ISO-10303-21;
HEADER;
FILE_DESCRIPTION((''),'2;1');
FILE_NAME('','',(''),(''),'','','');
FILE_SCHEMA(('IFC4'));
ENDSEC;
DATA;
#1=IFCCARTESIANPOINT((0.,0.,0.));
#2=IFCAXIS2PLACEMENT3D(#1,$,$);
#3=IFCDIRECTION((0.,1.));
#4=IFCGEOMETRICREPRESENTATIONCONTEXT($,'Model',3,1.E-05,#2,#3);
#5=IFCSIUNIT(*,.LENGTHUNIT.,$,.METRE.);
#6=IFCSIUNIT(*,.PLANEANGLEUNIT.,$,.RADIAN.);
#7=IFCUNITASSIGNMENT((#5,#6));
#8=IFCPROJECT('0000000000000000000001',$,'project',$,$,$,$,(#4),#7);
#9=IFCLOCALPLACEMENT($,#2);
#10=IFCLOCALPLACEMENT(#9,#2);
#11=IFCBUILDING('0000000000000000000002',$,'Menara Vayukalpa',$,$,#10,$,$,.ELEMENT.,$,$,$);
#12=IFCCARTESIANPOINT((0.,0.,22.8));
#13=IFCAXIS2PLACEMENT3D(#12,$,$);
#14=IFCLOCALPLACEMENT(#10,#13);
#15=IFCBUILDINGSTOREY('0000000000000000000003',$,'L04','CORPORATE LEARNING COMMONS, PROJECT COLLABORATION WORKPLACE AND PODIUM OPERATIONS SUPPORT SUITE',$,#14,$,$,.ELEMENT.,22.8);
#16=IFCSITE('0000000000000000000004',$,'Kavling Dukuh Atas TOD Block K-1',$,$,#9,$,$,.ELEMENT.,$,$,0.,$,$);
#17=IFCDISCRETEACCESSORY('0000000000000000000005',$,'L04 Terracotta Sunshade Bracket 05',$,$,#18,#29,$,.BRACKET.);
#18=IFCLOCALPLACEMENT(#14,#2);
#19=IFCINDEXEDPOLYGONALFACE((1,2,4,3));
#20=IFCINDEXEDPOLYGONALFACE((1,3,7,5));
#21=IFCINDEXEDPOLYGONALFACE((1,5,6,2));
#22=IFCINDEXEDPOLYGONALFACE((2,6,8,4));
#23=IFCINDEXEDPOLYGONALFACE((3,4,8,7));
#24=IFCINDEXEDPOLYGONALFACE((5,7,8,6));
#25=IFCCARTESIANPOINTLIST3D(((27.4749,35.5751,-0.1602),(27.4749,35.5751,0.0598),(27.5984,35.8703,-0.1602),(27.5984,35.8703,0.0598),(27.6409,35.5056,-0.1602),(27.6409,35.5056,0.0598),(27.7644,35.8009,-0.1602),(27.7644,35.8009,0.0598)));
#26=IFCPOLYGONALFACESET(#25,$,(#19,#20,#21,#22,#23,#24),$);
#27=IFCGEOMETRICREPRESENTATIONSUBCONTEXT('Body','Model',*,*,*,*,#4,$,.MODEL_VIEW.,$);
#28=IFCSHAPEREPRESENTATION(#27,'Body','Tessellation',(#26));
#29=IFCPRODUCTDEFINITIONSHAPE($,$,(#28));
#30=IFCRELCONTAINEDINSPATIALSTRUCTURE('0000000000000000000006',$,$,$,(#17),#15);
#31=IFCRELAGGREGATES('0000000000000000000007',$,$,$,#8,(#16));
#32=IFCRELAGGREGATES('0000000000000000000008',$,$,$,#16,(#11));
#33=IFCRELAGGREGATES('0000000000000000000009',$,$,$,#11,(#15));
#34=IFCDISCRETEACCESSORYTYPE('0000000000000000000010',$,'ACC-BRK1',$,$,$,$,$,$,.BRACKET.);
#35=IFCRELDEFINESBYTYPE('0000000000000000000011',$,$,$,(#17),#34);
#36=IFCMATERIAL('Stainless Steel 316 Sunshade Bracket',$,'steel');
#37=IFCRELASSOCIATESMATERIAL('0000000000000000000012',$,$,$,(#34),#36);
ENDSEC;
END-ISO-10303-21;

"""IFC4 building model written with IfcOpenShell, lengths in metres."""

from ifc_helpers import new_model, si_unit, direction, frame, origin, origin_2d, place, context, subcontext, project, spatial, rectangle, extrude, material, type_object, element, save


model = new_model("IFC4")

# Units and contexts
model_context = context("Model", 3, precision=1e-05, world=origin(), true_north=direction((0.0, 1.0)))
body_context = subcontext(model_context, "Body", "Model", "MODEL_VIEW")
ifc_project = project(units=[si_unit("LENGTHUNIT", "METRE"), si_unit("PLANEANGLEUNIT", "RADIAN")], contexts=[model_context])

# Site, building, storey
site_placement = place(None, origin())
site = spatial("IfcSite", under=ifc_project, at=site_placement, Name="Kavling Dukuh Atas TOD Block K-1", CompositionType="ELEMENT", RefElevation=0.0)
building_placement = place(site_placement, origin())
building = spatial("IfcBuilding", under=site, at=building_placement, Name="Menara Vayukalpa", CompositionType="ELEMENT")
storey_placement = place(building_placement, frame((0.0, 0.0, 22.8)))
storey = spatial("IfcBuildingStorey", under=building, at=storey_placement, Name="L04", Description="CORPORATE LEARNING COMMONS, PROJECT COLLABORATION WORKPLACE AND PODIUM OPERATIONS SUPPORT SUITE", CompositionType="ELEMENT", Elevation=22.8)

# Discrete accessory
ifc_material_1 = material(Name="Stainless Steel 316 Sunshade Bracket", Category="steel")
discrete_accessory_type = type_object("IfcDiscreteAccessoryType", Name="ACC-BRK1", PredefinedType="BRACKET", material=ifc_material_1)
discrete_accessory_placement = place(storey_placement, frame((27.6196, 35.688, -0.1602), z_axis=(0.0, 0.0, 1.0), x_axis=(-0.922545, 0.38589, 0.0)))
element("IfcDiscreteAccessory", 1, at=discrete_accessory_placement, inside=storey, type_object=discrete_accessory_type, Name="L04 Terracotta Sunshade Bracket 05", PredefinedType="BRACKET", context=body_context, shape_type="SweptSolid", body=[
    extrude(rectangle(XDim=0.1799, YDim=0.3201, at=origin_2d()), origin(), (0.0, 0.0, 1.0), 0.22),
])

save(model, "model.ifc")
